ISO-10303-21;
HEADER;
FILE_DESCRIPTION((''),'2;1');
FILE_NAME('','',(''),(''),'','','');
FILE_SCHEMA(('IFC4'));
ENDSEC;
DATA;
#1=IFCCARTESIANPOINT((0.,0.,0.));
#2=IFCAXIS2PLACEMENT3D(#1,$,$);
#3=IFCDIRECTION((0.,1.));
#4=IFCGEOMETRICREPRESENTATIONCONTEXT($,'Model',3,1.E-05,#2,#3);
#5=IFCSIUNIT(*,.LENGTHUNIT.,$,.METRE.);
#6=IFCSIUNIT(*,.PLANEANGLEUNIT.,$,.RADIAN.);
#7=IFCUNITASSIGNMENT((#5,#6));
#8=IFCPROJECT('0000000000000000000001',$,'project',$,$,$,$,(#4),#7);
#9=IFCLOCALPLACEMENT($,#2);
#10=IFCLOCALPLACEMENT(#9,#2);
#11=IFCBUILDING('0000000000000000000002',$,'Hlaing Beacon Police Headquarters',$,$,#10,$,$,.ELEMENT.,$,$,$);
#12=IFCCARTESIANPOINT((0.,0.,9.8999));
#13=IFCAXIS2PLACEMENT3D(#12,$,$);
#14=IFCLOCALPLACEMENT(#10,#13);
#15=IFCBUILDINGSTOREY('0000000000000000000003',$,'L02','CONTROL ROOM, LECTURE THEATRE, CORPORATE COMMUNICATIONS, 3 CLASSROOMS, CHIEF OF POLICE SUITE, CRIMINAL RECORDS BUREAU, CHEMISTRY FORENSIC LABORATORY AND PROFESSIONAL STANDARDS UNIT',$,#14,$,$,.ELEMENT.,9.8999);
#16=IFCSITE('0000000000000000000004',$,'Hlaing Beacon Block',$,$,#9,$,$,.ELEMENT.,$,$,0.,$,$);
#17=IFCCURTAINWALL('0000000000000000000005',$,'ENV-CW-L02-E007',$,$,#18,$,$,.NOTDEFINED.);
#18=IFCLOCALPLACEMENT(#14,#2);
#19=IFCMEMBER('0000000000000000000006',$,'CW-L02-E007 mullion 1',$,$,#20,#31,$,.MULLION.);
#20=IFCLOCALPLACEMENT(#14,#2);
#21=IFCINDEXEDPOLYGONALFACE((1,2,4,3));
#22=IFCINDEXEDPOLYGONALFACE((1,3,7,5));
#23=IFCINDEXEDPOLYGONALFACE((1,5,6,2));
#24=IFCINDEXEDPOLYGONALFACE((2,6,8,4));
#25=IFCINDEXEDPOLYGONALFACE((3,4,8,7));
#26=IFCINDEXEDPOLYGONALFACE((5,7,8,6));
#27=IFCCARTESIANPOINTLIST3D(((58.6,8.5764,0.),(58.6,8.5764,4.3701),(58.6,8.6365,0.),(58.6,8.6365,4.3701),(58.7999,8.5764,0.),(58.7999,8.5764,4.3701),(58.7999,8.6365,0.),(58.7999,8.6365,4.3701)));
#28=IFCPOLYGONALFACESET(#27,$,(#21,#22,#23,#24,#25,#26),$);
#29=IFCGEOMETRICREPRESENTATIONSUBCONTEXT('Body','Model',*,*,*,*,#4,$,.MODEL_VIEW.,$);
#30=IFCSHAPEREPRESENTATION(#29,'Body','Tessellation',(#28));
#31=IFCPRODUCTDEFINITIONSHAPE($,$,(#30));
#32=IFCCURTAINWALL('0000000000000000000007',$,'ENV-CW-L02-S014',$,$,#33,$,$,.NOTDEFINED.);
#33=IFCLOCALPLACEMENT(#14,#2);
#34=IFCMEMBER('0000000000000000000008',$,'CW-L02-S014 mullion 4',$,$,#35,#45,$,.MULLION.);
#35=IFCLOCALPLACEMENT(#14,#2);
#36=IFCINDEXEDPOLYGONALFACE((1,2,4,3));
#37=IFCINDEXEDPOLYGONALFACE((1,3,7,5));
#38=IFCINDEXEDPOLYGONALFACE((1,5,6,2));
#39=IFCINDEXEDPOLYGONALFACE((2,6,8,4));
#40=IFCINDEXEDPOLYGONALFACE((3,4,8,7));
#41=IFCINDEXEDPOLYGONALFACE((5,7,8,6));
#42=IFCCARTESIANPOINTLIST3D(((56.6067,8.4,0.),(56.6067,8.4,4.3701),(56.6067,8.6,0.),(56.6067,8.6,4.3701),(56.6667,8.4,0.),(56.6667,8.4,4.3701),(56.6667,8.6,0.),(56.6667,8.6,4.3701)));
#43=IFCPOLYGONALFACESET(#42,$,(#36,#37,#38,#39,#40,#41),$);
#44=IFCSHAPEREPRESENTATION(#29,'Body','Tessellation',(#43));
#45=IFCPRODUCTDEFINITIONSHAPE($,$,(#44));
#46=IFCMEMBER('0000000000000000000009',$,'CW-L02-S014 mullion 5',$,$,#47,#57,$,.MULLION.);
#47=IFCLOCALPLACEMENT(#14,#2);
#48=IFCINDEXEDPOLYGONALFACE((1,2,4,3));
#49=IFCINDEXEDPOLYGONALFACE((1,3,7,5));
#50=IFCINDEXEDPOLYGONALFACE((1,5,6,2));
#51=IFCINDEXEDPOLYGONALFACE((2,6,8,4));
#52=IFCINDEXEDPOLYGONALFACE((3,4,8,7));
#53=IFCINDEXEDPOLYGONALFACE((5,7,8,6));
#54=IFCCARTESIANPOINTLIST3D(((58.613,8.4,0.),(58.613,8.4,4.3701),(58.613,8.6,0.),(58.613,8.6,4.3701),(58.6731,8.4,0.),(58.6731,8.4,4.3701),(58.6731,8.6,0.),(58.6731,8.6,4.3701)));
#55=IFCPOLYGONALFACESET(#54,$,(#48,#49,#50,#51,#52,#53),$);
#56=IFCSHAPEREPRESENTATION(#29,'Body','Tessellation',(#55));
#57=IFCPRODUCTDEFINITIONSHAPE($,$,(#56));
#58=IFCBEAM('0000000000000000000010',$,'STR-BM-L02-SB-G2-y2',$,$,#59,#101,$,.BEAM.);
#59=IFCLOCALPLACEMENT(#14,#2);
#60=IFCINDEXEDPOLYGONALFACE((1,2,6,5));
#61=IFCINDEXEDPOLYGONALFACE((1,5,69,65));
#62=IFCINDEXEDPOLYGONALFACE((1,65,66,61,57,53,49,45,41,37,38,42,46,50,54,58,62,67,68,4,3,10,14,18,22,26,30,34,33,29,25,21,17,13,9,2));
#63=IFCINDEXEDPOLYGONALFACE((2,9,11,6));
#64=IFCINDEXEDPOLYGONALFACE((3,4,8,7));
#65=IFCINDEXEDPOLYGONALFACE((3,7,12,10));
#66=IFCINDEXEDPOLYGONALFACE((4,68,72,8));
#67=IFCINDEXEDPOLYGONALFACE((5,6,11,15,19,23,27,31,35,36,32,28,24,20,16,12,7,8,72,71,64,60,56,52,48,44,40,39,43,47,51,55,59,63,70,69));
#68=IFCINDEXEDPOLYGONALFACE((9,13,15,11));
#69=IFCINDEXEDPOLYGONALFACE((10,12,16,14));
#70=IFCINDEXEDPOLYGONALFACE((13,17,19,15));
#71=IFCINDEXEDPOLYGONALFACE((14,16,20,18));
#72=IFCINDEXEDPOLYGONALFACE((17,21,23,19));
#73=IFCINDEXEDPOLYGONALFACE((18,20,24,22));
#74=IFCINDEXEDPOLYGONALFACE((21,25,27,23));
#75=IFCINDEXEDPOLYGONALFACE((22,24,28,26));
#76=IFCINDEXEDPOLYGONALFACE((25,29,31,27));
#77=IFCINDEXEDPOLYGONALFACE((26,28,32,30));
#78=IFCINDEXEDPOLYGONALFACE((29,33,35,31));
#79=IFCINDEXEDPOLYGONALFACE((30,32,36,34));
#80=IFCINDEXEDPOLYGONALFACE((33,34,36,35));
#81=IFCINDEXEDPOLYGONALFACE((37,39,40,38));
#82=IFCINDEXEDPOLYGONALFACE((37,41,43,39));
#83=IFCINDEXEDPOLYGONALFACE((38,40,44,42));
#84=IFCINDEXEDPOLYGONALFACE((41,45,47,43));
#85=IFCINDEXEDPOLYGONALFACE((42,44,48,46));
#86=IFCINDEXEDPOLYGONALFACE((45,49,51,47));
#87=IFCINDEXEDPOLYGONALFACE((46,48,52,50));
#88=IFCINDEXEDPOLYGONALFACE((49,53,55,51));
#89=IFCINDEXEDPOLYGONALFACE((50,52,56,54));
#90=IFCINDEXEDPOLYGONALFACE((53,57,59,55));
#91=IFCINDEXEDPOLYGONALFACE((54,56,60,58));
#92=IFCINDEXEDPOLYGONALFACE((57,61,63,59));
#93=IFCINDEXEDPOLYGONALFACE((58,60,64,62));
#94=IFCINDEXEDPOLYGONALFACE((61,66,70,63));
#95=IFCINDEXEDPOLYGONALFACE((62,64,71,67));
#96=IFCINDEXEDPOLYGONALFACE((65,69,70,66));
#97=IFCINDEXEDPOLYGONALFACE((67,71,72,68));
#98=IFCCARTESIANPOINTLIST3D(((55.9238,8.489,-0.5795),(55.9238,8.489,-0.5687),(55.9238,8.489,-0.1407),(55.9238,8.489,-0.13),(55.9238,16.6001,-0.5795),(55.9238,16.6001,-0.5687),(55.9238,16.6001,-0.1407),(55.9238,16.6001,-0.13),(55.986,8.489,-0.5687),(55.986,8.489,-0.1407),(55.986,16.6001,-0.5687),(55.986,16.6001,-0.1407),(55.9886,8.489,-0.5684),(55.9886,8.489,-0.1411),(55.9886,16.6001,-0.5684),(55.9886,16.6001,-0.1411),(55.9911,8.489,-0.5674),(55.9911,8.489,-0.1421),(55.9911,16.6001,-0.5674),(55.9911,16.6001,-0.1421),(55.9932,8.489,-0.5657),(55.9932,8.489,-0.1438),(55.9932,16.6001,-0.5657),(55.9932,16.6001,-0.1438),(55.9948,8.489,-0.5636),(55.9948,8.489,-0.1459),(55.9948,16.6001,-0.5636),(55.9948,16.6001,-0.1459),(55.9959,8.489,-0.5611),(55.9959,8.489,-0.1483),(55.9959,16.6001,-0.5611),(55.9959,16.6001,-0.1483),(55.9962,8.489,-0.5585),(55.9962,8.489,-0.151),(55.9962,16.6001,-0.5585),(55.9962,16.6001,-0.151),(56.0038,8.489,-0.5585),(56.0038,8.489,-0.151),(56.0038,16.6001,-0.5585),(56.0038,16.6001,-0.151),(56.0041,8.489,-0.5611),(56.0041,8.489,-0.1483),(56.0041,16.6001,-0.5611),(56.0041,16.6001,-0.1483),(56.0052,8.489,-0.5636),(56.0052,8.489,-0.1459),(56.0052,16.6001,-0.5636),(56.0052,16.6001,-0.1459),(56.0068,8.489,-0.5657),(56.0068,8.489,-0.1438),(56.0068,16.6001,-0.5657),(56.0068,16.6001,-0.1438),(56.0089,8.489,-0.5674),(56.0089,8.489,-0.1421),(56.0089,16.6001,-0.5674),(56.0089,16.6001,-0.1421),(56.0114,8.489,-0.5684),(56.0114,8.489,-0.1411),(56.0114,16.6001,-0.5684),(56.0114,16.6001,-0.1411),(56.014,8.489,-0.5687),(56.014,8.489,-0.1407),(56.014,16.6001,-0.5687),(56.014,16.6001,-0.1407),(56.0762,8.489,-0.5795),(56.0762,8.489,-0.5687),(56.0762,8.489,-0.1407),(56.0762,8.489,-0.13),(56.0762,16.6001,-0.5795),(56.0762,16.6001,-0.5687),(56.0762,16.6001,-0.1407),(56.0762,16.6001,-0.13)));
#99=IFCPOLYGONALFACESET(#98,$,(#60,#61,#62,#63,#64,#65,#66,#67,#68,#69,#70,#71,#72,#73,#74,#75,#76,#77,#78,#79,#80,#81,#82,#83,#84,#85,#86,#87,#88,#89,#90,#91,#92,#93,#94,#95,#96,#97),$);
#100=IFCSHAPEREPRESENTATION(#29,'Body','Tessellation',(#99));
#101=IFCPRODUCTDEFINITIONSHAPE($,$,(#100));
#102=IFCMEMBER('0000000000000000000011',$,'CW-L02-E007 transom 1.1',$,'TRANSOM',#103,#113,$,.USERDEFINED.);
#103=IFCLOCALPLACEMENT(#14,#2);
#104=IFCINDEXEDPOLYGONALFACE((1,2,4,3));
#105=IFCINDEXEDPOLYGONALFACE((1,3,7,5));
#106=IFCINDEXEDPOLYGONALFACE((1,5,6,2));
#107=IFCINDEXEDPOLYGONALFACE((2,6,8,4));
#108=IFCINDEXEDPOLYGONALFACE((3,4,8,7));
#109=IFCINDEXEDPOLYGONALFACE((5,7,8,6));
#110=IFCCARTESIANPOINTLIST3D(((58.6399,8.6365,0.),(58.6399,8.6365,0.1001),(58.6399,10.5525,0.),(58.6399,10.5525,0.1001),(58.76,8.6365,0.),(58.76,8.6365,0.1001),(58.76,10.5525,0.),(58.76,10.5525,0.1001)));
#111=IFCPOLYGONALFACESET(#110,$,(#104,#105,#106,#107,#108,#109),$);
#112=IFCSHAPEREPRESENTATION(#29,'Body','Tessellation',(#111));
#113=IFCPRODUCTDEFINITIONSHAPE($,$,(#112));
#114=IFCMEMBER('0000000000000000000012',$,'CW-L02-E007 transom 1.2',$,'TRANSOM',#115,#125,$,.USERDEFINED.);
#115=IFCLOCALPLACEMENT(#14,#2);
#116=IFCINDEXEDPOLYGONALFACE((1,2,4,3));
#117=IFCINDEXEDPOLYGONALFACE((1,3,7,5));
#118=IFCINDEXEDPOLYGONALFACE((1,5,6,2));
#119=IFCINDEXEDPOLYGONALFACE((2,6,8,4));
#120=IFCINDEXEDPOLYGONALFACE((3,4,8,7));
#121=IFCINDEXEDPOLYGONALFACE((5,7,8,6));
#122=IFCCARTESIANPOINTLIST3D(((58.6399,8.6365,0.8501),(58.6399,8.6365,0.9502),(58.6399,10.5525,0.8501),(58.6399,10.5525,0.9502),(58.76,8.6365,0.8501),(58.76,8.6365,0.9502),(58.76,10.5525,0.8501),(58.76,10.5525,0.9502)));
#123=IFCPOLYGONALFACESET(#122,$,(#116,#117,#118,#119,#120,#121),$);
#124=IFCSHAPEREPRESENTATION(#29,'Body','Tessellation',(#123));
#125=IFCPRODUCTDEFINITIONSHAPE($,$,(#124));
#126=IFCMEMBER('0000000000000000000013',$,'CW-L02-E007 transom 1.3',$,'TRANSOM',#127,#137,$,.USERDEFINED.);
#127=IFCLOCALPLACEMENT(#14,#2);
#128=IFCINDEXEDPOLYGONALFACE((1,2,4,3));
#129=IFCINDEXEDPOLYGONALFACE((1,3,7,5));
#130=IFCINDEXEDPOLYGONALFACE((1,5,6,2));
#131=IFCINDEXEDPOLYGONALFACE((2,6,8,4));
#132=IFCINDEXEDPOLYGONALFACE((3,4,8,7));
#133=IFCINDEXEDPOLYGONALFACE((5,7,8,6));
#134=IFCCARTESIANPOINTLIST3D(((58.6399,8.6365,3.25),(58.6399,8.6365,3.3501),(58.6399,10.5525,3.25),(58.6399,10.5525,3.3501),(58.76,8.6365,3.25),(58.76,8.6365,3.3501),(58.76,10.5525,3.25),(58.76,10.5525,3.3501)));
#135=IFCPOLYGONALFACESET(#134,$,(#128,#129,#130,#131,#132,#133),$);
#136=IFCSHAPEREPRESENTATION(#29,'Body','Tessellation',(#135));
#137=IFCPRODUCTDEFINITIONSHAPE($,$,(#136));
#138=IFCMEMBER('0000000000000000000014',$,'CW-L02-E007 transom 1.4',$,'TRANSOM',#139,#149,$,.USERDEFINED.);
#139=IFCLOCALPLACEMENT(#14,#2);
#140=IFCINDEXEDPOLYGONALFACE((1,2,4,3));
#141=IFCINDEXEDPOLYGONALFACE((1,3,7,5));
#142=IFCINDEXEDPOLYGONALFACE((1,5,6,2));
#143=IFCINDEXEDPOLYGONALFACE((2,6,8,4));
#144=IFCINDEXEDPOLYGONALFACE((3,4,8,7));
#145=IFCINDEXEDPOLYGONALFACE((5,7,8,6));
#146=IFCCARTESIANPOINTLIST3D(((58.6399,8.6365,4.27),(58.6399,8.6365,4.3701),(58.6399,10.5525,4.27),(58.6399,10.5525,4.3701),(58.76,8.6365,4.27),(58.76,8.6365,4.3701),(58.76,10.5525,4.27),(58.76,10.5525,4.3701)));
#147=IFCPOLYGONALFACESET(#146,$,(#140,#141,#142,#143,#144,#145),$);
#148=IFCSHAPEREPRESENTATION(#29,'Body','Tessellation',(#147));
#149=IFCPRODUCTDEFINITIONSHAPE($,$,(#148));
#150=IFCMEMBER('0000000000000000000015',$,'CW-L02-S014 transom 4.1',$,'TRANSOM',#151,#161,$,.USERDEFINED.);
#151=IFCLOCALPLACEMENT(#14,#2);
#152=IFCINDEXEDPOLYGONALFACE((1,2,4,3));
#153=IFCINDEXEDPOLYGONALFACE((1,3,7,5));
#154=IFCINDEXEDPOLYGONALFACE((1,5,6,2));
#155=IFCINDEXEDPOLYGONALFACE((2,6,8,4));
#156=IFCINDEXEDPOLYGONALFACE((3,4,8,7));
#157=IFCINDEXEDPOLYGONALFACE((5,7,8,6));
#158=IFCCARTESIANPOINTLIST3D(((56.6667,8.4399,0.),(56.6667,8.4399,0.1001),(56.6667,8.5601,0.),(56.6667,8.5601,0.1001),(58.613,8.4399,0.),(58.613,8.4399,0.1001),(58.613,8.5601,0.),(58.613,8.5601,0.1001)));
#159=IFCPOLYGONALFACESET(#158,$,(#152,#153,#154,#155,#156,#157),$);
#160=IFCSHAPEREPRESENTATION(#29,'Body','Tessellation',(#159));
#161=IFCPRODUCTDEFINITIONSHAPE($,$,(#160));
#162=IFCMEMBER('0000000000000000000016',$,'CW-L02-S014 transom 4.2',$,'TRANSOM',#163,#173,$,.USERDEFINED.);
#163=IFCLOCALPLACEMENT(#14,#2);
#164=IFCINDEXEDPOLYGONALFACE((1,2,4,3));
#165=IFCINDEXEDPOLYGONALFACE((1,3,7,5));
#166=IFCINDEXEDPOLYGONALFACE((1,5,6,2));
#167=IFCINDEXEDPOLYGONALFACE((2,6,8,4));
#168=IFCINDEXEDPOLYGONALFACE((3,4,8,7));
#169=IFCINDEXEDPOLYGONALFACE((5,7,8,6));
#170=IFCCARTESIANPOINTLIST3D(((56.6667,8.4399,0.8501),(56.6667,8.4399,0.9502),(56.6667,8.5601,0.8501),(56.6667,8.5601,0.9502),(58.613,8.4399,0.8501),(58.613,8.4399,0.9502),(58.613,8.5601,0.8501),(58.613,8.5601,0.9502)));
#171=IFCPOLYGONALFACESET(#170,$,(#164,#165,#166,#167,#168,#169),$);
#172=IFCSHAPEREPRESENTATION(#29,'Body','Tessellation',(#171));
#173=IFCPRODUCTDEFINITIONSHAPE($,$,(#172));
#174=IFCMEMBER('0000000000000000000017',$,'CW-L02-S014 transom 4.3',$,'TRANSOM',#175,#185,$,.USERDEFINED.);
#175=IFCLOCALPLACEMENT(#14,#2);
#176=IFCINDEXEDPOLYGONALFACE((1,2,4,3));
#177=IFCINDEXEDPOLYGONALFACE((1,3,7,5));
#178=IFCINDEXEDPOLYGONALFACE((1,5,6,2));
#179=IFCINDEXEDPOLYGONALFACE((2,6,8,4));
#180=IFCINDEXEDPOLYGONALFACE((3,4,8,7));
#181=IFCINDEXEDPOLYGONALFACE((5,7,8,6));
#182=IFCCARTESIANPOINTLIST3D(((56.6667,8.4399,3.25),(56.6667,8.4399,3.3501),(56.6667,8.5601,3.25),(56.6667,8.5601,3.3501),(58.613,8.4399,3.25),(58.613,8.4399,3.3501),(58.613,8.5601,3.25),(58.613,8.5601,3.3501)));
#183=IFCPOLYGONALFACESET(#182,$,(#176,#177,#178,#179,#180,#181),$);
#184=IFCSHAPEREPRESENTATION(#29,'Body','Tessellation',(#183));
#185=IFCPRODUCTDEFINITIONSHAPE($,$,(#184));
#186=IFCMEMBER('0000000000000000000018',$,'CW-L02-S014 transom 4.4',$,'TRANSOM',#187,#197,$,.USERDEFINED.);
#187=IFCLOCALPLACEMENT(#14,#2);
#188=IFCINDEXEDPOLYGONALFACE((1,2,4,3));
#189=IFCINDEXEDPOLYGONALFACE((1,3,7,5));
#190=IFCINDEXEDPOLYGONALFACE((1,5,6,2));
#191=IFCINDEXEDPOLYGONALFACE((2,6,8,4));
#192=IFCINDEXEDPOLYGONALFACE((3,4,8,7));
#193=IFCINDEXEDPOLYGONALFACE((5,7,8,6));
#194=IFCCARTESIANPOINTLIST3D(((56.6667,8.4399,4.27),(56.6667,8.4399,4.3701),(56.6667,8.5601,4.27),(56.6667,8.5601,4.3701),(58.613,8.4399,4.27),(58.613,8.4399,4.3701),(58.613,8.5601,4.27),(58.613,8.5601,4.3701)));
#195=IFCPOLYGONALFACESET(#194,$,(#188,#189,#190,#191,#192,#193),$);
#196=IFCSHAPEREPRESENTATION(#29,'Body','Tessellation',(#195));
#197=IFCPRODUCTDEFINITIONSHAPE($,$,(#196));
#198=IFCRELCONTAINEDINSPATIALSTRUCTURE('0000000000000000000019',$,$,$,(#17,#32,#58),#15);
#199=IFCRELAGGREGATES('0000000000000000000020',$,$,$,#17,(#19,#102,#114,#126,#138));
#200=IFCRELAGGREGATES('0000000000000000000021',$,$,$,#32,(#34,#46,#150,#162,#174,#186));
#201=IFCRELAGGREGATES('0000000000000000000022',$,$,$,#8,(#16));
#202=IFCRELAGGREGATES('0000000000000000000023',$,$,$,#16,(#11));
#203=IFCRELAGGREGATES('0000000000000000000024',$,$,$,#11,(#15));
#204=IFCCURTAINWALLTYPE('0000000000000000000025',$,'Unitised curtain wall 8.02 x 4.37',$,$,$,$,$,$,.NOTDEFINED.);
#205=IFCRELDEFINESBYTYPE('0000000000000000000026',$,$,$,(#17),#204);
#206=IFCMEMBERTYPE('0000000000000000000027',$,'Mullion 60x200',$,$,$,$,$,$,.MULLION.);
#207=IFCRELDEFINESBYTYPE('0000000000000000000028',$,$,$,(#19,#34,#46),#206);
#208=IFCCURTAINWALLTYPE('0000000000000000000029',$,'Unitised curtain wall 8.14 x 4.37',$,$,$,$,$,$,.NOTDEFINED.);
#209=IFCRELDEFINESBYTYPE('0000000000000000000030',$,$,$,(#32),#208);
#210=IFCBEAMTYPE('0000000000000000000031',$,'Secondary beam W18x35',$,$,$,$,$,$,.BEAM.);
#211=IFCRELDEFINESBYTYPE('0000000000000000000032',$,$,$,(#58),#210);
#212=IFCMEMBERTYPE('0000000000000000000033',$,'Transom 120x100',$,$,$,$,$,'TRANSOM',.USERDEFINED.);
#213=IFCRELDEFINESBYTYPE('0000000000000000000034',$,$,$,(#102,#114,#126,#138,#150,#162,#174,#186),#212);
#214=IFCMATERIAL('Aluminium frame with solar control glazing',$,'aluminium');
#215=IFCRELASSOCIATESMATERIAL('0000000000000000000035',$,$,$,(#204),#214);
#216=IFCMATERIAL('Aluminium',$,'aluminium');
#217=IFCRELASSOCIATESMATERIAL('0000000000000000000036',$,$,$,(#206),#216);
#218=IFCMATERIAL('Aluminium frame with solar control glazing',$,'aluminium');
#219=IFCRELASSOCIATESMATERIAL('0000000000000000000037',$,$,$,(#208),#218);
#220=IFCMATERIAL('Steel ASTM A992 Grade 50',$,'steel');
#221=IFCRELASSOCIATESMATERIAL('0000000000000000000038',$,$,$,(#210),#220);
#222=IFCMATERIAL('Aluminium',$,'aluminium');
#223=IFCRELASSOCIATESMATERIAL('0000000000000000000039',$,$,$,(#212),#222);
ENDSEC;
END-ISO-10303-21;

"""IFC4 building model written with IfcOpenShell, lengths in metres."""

from ifc_helpers import new_model, si_unit, direction, frame, origin, origin_2d, place, context, subcontext, project, spatial, rectangle, i_section, extrude, material, material_profile, profile_set, type_object, element, aggregate, save


model = new_model("IFC4")

# Units and contexts
model_context = context("Model", 3, precision=1e-05, world=origin(), true_north=direction((0.0, 1.0)))
body_context = subcontext(model_context, "Body", "Model", "MODEL_VIEW")
ifc_project = project(units=[si_unit("LENGTHUNIT", "METRE"), si_unit("PLANEANGLEUNIT", "RADIAN")], contexts=[model_context])

# Site, building, storey
site_placement = place(None, origin())
site = spatial("IfcSite", under=ifc_project, at=site_placement, Name="Hlaing Beacon Block", CompositionType="ELEMENT", RefElevation=0.0)
building_placement = place(site_placement, origin())
building = spatial("IfcBuilding", under=site, at=building_placement, Name="Hlaing Beacon Police Headquarters", CompositionType="ELEMENT")
storey_placement = place(building_placement, frame((0.0, 0.0, 9.8999)))
storey = spatial("IfcBuildingStorey", under=building, at=storey_placement, Name="L02", Description="CONTROL ROOM, LECTURE THEATRE, CORPORATE COMMUNICATIONS, 3 CLASSROOMS, CHIEF OF POLICE SUITE, CRIMINAL RECORDS BUREAU, CHEMISTRY FORENSIC LABORATORY AND PROFESSIONAL STANDARDS UNIT", CompositionType="ELEMENT", Elevation=9.8999)

# Curtain wall, member
ifc_material_1 = material(Name="Aluminium frame with solar control glazing", Category="aluminium")
curtain_wall_type_1 = type_object("IfcCurtainWallType", Name="Unitised curtain wall 8.02 x 4.37", PredefinedType="NOTDEFINED", material=ifc_material_1)
curtain_wall_1_placement = place(storey_placement, origin())
curtain_wall_1 = element("IfcCurtainWall", 1, at=curtain_wall_1_placement, inside=storey, type_object=curtain_wall_type_1, Name="ENV-CW-L02-E007", PredefinedType="NOTDEFINED")
ifc_material_2 = material(Name="Aluminium", Category="aluminium")
ifc_material_profile_1 = material_profile(ifc_material_2, rectangle(XDim=0.2, YDim=0.0601, at=origin_2d()), Name="Mullion 60x200")
ifc_profile_set_1 = profile_set([ifc_material_profile_1], Name="Aluminium")
member_type_1 = type_object("IfcMemberType", Name="Mullion 60x200", PredefinedType="MULLION", material=ifc_profile_set_1)
member_1_placement = place(storey_placement, frame((58.7, 8.6064, 0.0), z_axis=(0.0, 0.0, 1.0), x_axis=(-1.0, 0.0, 0.0)))
member_1 = element("IfcMember", 2, at=member_1_placement, type_object=member_type_1, Name="CW-L02-E007 mullion 1", PredefinedType="MULLION", context=body_context, shape_type="SweptSolid", body=[
    extrude(rectangle(XDim=0.2, YDim=0.0601, at=origin_2d()), origin(), (0.0, 0.0, 1.0), 4.3701),
])

# Curtain wall, members
ifc_material_3 = material(Name="Aluminium frame with solar control glazing", Category="aluminium")
curtain_wall_type_2 = type_object("IfcCurtainWallType", Name="Unitised curtain wall 8.14 x 4.37", PredefinedType="NOTDEFINED", material=ifc_material_3)
curtain_wall_2_placement = place(storey_placement, origin())
curtain_wall_2 = element("IfcCurtainWall", 3, at=curtain_wall_2_placement, inside=storey, type_object=curtain_wall_type_2, Name="ENV-CW-L02-S014", PredefinedType="NOTDEFINED")
member_2_placement = place(storey_placement, frame((56.6367, 8.5, 0.0), z_axis=(0.0, 0.0, 1.0), x_axis=(0.0, 1.0, 0.0)))
member_2 = element("IfcMember", 4, at=member_2_placement, type_object=member_type_1, Name="CW-L02-S014 mullion 4", PredefinedType="MULLION", context=body_context, shape_type="SweptSolid", body=[
    extrude(rectangle(XDim=0.2, YDim=0.0601, at=origin_2d()), origin(), (0.0, 0.0, 1.0), 4.3701),
])
member_3_placement = place(storey_placement, frame((58.6431, 8.5, 0.0), z_axis=(0.0, 0.0, 1.0), x_axis=(0.0, 1.0, 0.0)))
member_3 = element("IfcMember", 5, at=member_3_placement, type_object=member_type_1, Name="CW-L02-S014 mullion 5", PredefinedType="MULLION", context=body_context, shape_type="SweptSolid", body=[
    extrude(rectangle(XDim=0.2, YDim=0.0601, at=origin_2d()), origin(), (0.0, 0.0, 1.0), 4.3701),
])

# Beam
ifc_material_4 = material(Name="Steel ASTM A992 Grade 50", Category="steel")
ifc_material_profile_2 = material_profile(ifc_material_4, i_section(OverallWidth=0.1523, OverallDepth=0.4495, WebThickness=0.0076, FlangeThickness=0.0107, FilletRadius=0.0103, at=origin_2d()), Name="W18x35")
ifc_profile_set_2 = profile_set([ifc_material_profile_2], Name="Steel ASTM A992 Grade 50")
beam_type = type_object("IfcBeamType", Name="Secondary beam W18x35", PredefinedType="BEAM", material=ifc_profile_set_2)
beam_placement = place(storey_placement, frame((56.0, 8.489, -0.3547), z_axis=(0.0, 1.0, 0.0), x_axis=(-1.0, 0.0, 0.0)))
element("IfcBeam", 6, at=beam_placement, inside=storey, type_object=beam_type, Name="STR-BM-L02-SB-G2-y2", PredefinedType="BEAM", context=body_context, shape_type="SweptSolid", body=[
    extrude(i_section(OverallWidth=0.1523, OverallDepth=0.4495, WebThickness=0.0076, FlangeThickness=0.0107, FilletRadius=0.0103, at=origin_2d()), origin(), (0.0, 0.0, 1.0), 8.1111),
])

# Members
ifc_material_5 = material(Name="Aluminium", Category="aluminium")
ifc_material_profile_3 = material_profile(ifc_material_5, rectangle(XDim=0.1201, YDim=0.1001, at=origin_2d()), Name="Transom 120x100")
ifc_profile_set_3 = profile_set([ifc_material_profile_3], Name="Aluminium")
member_type_2 = type_object("IfcMemberType", Name="Transom 120x100", ElementType="TRANSOM", PredefinedType="USERDEFINED", material=ifc_profile_set_3)
member_4_placement = place(storey_placement, frame((58.7, 8.6365, 0.05), z_axis=(0.0, 1.0, 0.0), x_axis=(-1.0, 0.0, 0.0)))
member_4 = element("IfcMember", 7, at=member_4_placement, type_object=member_type_2, Name="CW-L02-E007 transom 1.1", ObjectType="TRANSOM", PredefinedType="USERDEFINED", context=body_context, shape_type="SweptSolid", body=[
    extrude(rectangle(XDim=0.1201, YDim=0.1001, at=origin_2d()), origin(), (0.0, 0.0, 1.0), 1.916),
])
member_5_placement = place(storey_placement, frame((58.7, 8.6365, 0.9001), z_axis=(0.0, 1.0, 0.0), x_axis=(-1.0, 0.0, 0.0)))
member_5 = element("IfcMember", 8, at=member_5_placement, type_object=member_type_2, Name="CW-L02-E007 transom 1.2", ObjectType="TRANSOM", PredefinedType="USERDEFINED", context=body_context, shape_type="SweptSolid", body=[
    extrude(rectangle(XDim=0.1201, YDim=0.1001, at=origin_2d()), origin(), (0.0, 0.0, 1.0), 1.916),
])
member_6_placement = place(storey_placement, frame((58.7, 8.6365, 3.3), z_axis=(0.0, 1.0, 0.0), x_axis=(-1.0, 0.0, 0.0)))
member_6 = element("IfcMember", 9, at=member_6_placement, type_object=member_type_2, Name="CW-L02-E007 transom 1.3", ObjectType="TRANSOM", PredefinedType="USERDEFINED", context=body_context, shape_type="SweptSolid", body=[
    extrude(rectangle(XDim=0.1201, YDim=0.1001, at=origin_2d()), origin(), (0.0, 0.0, 1.0), 1.916),
])
member_7_placement = place(storey_placement, frame((58.7, 8.6365, 4.3201), z_axis=(0.0, 1.0, 0.0), x_axis=(-1.0, 0.0, 0.0)))
member_7 = element("IfcMember", 10, at=member_7_placement, type_object=member_type_2, Name="CW-L02-E007 transom 1.4", ObjectType="TRANSOM", PredefinedType="USERDEFINED", context=body_context, shape_type="SweptSolid", body=[
    extrude(rectangle(XDim=0.1201, YDim=0.1001, at=origin_2d()), origin(), (0.0, 0.0, 1.0), 1.916),
])
member_8_placement = place(storey_placement, frame((56.6667, 8.5, 0.05), z_axis=(1.0, 0.0, 0.0), x_axis=(0.0, 1.0, 0.0)))
member_8 = element("IfcMember", 11, at=member_8_placement, type_object=member_type_2, Name="CW-L02-S014 transom 4.1", ObjectType="TRANSOM", PredefinedType="USERDEFINED", context=body_context, shape_type="SweptSolid", body=[
    extrude(rectangle(XDim=0.1201, YDim=0.1001, at=origin_2d()), origin(), (0.0, 0.0, 1.0), 1.9463),
])
member_9_placement = place(storey_placement, frame((56.6667, 8.5, 0.9001), z_axis=(1.0, 0.0, 0.0), x_axis=(0.0, 1.0, 0.0)))
member_9 = element("IfcMember", 12, at=member_9_placement, type_object=member_type_2, Name="CW-L02-S014 transom 4.2", ObjectType="TRANSOM", PredefinedType="USERDEFINED", context=body_context, shape_type="SweptSolid", body=[
    extrude(rectangle(XDim=0.1201, YDim=0.1001, at=origin_2d()), origin(), (0.0, 0.0, 1.0), 1.9463),
])
member_10_placement = place(storey_placement, frame((56.6667, 8.5, 3.3), z_axis=(1.0, 0.0, 0.0), x_axis=(0.0, 1.0, 0.0)))
member_10 = element("IfcMember", 13, at=member_10_placement, type_object=member_type_2, Name="CW-L02-S014 transom 4.3", ObjectType="TRANSOM", PredefinedType="USERDEFINED", context=body_context, shape_type="SweptSolid", body=[
    extrude(rectangle(XDim=0.1201, YDim=0.1001, at=origin_2d()), origin(), (0.0, 0.0, 1.0), 1.9463),
])
member_11_placement = place(storey_placement, frame((56.6667, 8.5, 4.3201), z_axis=(1.0, 0.0, 0.0), x_axis=(0.0, 1.0, 0.0)))
member_11 = element("IfcMember", 14, at=member_11_placement, type_object=member_type_2, Name="CW-L02-S014 transom 4.4", ObjectType="TRANSOM", PredefinedType="USERDEFINED", context=body_context, shape_type="SweptSolid", body=[
    extrude(rectangle(XDim=0.1201, YDim=0.1001, at=origin_2d()), origin(), (0.0, 0.0, 1.0), 1.9463),
])

aggregate(curtain_wall_1, [member_1, member_4, member_5, member_6, member_7])
aggregate(curtain_wall_2, [member_2, member_3, member_8, member_9, member_10, member_11])

save(model, "model.ifc")
